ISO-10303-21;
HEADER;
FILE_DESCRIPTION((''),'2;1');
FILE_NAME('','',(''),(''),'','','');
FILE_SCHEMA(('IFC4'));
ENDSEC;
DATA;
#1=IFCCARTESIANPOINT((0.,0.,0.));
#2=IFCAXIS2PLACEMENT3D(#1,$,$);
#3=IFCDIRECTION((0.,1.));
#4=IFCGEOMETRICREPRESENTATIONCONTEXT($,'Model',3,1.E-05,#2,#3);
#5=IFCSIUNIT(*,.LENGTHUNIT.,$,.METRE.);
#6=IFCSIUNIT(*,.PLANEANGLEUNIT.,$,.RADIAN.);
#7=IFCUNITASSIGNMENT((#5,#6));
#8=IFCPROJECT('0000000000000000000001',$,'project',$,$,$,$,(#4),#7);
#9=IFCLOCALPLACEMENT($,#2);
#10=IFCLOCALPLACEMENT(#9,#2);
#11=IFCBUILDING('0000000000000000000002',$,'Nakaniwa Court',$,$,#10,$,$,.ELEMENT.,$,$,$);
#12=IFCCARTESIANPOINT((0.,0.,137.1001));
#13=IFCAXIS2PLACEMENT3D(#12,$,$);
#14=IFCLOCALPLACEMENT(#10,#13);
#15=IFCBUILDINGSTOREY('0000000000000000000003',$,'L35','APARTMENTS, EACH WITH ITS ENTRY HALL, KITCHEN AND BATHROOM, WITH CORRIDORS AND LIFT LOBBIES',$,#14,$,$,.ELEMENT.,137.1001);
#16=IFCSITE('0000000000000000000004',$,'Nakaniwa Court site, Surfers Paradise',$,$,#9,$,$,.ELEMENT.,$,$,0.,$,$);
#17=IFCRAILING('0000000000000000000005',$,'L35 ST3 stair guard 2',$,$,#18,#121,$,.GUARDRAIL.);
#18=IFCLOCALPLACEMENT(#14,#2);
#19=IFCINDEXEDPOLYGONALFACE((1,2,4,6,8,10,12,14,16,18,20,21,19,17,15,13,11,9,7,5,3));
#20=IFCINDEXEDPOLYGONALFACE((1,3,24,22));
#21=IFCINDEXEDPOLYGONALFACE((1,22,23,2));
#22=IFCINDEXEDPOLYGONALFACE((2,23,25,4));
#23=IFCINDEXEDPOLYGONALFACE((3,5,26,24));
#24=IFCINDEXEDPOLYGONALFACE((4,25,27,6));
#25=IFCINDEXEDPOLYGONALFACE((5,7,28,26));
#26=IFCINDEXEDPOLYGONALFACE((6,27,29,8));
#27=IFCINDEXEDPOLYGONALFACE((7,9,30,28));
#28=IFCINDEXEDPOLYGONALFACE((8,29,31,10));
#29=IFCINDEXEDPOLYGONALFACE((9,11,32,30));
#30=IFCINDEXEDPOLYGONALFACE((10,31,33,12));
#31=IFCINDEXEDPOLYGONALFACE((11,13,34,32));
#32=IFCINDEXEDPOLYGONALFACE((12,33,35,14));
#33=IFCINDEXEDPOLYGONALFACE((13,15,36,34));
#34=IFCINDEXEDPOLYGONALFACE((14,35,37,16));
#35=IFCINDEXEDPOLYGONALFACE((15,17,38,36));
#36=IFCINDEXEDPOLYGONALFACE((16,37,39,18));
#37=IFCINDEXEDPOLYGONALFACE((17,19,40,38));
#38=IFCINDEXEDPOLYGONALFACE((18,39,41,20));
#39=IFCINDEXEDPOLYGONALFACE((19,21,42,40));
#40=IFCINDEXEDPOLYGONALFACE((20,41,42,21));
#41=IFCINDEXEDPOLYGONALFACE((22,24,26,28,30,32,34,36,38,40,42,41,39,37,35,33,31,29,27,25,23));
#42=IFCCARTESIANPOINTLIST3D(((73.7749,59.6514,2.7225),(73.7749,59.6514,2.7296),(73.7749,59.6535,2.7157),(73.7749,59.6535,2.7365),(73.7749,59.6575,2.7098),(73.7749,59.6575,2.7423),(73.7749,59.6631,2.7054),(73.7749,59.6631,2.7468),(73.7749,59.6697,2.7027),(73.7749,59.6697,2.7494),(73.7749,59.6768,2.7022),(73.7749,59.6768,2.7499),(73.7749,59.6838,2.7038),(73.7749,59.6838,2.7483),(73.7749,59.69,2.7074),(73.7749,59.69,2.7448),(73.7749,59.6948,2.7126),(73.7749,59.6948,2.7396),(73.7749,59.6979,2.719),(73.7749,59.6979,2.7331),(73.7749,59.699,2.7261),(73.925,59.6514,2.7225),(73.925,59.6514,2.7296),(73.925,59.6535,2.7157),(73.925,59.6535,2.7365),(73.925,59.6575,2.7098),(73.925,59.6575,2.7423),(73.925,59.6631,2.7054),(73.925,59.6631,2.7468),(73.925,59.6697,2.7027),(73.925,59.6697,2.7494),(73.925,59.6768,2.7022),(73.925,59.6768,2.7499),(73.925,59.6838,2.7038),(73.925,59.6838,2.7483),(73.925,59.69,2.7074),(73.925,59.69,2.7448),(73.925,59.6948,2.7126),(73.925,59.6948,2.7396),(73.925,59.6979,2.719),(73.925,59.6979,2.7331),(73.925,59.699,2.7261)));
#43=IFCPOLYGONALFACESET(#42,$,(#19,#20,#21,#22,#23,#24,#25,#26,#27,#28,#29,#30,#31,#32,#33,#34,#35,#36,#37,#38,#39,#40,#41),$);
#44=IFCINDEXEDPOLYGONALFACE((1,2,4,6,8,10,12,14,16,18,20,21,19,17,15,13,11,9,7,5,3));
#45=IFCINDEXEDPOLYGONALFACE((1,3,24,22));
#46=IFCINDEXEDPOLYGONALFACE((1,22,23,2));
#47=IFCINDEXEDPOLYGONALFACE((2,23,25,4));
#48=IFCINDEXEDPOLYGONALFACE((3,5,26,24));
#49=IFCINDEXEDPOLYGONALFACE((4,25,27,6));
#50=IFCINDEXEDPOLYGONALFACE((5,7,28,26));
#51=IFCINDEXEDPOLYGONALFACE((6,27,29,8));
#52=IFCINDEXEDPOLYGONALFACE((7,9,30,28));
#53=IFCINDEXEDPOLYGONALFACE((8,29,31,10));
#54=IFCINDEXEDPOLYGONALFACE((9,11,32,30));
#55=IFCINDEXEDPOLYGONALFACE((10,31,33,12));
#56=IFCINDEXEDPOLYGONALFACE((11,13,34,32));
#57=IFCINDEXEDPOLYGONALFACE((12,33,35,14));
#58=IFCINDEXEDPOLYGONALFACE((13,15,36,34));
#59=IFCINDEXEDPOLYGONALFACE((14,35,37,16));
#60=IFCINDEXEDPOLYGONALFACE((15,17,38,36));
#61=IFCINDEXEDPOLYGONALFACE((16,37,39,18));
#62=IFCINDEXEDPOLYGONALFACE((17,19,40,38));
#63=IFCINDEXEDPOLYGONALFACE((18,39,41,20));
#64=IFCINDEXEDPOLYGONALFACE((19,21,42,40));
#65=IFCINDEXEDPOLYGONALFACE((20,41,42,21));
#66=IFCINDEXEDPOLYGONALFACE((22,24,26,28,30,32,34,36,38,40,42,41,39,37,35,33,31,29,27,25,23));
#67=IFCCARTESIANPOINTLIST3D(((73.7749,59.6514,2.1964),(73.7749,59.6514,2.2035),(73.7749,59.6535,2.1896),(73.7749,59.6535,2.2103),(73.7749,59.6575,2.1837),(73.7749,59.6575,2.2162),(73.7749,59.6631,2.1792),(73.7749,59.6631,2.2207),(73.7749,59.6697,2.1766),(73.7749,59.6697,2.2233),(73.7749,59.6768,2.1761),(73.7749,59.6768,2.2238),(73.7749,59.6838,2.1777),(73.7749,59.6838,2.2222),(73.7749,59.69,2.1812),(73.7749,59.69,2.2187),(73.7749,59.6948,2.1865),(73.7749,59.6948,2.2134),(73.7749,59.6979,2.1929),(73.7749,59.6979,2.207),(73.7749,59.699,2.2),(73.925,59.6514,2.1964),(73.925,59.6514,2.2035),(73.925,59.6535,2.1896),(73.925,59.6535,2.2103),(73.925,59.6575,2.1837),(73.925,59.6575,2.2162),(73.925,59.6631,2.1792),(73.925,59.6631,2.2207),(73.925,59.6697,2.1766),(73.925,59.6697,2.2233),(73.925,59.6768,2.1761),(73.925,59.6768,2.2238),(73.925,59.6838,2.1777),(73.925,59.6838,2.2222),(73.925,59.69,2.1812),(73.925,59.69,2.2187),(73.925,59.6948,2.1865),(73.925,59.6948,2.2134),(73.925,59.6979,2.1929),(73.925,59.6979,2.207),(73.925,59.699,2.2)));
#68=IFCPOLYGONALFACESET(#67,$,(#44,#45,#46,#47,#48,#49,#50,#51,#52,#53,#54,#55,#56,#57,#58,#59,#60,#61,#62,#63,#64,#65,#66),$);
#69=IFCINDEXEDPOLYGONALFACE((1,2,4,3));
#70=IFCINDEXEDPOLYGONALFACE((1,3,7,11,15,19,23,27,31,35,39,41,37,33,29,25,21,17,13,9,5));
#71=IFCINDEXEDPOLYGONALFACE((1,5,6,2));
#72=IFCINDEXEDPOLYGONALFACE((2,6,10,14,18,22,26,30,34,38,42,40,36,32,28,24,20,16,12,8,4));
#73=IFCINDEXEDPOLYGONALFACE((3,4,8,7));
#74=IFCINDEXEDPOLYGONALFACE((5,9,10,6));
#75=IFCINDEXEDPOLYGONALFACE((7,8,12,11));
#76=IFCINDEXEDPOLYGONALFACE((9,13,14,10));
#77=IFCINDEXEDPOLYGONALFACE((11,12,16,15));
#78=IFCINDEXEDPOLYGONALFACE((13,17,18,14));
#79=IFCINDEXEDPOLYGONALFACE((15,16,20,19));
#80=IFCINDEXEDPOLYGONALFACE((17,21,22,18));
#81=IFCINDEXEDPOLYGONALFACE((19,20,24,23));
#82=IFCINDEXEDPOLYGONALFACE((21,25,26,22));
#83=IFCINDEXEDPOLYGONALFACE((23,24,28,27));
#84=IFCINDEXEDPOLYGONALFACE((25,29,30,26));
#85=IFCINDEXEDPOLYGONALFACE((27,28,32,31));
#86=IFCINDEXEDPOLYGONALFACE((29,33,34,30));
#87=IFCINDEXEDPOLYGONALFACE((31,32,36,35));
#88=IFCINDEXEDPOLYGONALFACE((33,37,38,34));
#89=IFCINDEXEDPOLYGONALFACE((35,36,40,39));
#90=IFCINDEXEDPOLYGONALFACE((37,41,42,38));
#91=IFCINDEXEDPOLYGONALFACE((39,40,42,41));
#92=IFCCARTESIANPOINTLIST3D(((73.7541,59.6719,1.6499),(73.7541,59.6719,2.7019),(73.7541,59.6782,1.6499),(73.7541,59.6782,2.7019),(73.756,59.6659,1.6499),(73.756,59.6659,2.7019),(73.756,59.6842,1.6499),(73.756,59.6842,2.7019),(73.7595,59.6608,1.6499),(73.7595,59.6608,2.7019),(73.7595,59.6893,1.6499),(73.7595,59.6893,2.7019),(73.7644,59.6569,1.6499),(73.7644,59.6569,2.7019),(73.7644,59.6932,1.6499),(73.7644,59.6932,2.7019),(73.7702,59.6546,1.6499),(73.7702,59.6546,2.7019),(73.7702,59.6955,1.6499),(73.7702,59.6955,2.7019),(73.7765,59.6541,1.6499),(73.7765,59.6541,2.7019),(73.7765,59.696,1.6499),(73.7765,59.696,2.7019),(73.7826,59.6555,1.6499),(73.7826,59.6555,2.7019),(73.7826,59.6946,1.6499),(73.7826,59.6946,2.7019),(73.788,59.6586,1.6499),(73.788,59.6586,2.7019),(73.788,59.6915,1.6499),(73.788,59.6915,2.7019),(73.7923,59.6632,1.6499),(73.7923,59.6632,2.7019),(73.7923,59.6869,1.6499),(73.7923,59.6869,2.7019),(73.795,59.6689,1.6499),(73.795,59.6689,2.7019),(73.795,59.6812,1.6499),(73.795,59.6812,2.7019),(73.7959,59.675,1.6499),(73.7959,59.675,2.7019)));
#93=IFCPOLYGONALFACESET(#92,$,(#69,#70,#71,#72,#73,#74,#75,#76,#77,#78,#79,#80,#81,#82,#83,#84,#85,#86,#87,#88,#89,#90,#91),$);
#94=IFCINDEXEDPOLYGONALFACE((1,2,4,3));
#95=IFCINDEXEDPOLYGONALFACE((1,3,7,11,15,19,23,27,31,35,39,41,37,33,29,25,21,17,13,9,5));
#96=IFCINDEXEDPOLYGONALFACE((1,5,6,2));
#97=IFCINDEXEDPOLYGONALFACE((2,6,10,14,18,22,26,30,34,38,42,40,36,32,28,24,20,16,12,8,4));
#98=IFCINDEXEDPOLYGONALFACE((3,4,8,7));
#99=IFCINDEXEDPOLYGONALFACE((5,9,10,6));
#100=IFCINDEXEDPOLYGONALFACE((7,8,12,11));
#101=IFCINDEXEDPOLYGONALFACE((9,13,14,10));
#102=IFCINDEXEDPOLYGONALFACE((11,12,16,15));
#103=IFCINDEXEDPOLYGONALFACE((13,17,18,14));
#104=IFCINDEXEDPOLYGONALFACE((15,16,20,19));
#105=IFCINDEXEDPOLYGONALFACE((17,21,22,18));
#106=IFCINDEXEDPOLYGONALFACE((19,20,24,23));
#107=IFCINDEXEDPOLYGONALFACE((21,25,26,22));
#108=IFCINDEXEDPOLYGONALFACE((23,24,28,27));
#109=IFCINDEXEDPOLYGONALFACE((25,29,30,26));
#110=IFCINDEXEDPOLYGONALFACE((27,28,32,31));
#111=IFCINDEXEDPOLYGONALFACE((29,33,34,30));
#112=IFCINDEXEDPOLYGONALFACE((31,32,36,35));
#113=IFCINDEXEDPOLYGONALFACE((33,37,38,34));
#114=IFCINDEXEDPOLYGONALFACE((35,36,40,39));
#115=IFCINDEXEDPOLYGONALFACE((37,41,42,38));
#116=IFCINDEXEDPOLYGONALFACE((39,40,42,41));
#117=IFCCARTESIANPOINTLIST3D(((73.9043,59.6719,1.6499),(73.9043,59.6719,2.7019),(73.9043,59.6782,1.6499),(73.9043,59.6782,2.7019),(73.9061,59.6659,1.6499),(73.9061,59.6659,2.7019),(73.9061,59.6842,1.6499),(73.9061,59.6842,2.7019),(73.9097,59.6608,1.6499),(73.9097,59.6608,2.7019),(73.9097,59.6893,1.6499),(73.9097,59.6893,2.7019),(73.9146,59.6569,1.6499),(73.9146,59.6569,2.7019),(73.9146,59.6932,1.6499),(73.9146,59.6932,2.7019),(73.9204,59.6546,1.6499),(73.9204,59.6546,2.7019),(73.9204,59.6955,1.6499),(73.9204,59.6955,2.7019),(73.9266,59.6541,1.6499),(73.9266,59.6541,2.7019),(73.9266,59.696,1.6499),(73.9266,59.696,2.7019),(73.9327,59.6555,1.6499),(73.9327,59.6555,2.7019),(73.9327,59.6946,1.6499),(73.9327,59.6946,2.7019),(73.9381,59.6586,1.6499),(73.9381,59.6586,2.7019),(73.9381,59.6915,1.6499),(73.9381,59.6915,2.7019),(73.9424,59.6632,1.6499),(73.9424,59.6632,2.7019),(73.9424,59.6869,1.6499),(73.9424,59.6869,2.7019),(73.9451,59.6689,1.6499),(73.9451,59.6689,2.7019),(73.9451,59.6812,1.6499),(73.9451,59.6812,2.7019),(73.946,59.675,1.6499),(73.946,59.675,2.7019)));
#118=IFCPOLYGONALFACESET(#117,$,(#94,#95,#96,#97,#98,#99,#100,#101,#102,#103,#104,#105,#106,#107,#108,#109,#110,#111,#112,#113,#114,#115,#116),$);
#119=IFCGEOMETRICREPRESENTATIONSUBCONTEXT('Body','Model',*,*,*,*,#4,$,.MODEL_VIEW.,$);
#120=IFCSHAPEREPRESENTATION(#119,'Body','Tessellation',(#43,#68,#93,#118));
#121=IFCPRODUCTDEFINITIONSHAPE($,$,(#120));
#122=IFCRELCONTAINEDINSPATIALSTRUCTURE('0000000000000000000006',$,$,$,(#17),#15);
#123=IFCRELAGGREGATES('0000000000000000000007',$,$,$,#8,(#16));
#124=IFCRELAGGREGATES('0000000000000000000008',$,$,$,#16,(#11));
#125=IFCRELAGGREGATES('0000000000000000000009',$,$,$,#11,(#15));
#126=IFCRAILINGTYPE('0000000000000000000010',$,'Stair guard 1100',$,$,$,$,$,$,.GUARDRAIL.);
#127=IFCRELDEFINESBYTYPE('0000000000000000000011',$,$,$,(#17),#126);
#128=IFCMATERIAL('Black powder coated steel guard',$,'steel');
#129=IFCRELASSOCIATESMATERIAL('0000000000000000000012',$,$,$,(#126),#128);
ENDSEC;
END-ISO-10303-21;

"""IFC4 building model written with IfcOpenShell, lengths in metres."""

from ifc_helpers import new_model, si_unit, direction, frame, origin, origin_2d, place, context, subcontext, project, spatial, circle, extrude, material, type_object, element, save


model = new_model("IFC4")

# Units and contexts
model_context = context("Model", 3, precision=1e-05, world=origin(), true_north=direction((0.0, 1.0)))
body_context = subcontext(model_context, "Body", "Model", "MODEL_VIEW")
ifc_project = project(units=[si_unit("LENGTHUNIT", "METRE"), si_unit("PLANEANGLEUNIT", "RADIAN")], contexts=[model_context])

# Site, building, storey
site_placement = place(None, origin())
site = spatial("IfcSite", under=ifc_project, at=site_placement, Name="Nakaniwa Court site, Surfers Paradise", CompositionType="ELEMENT", RefElevation=0.0)
building_placement = place(site_placement, origin())
building = spatial("IfcBuilding", under=site, at=building_placement, Name="Nakaniwa Court", CompositionType="ELEMENT")
storey_placement = place(building_placement, frame((0.0, 0.0, 137.1001)))
storey = spatial("IfcBuildingStorey", under=building, at=storey_placement, Name="L35", Description="APARTMENTS, EACH WITH ITS ENTRY HALL, KITCHEN AND BATHROOM, WITH CORRIDORS AND LIFT LOBBIES", CompositionType="ELEMENT", Elevation=137.1001)

# Railing
ifc_material_1 = material(Name="Black powder coated steel guard", Category="steel")
railing_type_1 = type_object("IfcRailingType", Name="Stair guard 1100", PredefinedType="GUARDRAIL", material=ifc_material_1)
railing_1_placement = place(storey_placement, frame((73.7749, 59.675, 1.6499)))
element("IfcRailing", 1, at=railing_1_placement, inside=storey, type_object=railing_type_1, Name="L35 ST3 stair guard 2", PredefinedType="GUARDRAIL", context=body_context, shape_type="SweptSolid", body=[
    extrude(circle(Radius=0.0239, at=origin_2d()), frame((0.0, 0.0, 1.0762), z_axis=(1.0, 0.0, 0.0), x_axis=(0.0, 1.0, 0.0)), (0.0, 0.0, 1.0), 0.1501),
    extrude(circle(Radius=0.0239, at=origin_2d()), frame((0.0, 0.0, 0.55), z_axis=(1.0, 0.0, 0.0), x_axis=(0.0, 1.0, 0.0)), (0.0, 0.0, 1.0), 0.1501),
    extrude(circle(Radius=0.021, at=origin_2d()), origin(), (0.0, 0.0, 1.0), 1.052),
    extrude(circle(Radius=0.021, at=origin_2d()), frame((0.1501, 0.0, 0.0)), (0.0, 0.0, 1.0), 1.052),
])

save(model, "model.ifc")
